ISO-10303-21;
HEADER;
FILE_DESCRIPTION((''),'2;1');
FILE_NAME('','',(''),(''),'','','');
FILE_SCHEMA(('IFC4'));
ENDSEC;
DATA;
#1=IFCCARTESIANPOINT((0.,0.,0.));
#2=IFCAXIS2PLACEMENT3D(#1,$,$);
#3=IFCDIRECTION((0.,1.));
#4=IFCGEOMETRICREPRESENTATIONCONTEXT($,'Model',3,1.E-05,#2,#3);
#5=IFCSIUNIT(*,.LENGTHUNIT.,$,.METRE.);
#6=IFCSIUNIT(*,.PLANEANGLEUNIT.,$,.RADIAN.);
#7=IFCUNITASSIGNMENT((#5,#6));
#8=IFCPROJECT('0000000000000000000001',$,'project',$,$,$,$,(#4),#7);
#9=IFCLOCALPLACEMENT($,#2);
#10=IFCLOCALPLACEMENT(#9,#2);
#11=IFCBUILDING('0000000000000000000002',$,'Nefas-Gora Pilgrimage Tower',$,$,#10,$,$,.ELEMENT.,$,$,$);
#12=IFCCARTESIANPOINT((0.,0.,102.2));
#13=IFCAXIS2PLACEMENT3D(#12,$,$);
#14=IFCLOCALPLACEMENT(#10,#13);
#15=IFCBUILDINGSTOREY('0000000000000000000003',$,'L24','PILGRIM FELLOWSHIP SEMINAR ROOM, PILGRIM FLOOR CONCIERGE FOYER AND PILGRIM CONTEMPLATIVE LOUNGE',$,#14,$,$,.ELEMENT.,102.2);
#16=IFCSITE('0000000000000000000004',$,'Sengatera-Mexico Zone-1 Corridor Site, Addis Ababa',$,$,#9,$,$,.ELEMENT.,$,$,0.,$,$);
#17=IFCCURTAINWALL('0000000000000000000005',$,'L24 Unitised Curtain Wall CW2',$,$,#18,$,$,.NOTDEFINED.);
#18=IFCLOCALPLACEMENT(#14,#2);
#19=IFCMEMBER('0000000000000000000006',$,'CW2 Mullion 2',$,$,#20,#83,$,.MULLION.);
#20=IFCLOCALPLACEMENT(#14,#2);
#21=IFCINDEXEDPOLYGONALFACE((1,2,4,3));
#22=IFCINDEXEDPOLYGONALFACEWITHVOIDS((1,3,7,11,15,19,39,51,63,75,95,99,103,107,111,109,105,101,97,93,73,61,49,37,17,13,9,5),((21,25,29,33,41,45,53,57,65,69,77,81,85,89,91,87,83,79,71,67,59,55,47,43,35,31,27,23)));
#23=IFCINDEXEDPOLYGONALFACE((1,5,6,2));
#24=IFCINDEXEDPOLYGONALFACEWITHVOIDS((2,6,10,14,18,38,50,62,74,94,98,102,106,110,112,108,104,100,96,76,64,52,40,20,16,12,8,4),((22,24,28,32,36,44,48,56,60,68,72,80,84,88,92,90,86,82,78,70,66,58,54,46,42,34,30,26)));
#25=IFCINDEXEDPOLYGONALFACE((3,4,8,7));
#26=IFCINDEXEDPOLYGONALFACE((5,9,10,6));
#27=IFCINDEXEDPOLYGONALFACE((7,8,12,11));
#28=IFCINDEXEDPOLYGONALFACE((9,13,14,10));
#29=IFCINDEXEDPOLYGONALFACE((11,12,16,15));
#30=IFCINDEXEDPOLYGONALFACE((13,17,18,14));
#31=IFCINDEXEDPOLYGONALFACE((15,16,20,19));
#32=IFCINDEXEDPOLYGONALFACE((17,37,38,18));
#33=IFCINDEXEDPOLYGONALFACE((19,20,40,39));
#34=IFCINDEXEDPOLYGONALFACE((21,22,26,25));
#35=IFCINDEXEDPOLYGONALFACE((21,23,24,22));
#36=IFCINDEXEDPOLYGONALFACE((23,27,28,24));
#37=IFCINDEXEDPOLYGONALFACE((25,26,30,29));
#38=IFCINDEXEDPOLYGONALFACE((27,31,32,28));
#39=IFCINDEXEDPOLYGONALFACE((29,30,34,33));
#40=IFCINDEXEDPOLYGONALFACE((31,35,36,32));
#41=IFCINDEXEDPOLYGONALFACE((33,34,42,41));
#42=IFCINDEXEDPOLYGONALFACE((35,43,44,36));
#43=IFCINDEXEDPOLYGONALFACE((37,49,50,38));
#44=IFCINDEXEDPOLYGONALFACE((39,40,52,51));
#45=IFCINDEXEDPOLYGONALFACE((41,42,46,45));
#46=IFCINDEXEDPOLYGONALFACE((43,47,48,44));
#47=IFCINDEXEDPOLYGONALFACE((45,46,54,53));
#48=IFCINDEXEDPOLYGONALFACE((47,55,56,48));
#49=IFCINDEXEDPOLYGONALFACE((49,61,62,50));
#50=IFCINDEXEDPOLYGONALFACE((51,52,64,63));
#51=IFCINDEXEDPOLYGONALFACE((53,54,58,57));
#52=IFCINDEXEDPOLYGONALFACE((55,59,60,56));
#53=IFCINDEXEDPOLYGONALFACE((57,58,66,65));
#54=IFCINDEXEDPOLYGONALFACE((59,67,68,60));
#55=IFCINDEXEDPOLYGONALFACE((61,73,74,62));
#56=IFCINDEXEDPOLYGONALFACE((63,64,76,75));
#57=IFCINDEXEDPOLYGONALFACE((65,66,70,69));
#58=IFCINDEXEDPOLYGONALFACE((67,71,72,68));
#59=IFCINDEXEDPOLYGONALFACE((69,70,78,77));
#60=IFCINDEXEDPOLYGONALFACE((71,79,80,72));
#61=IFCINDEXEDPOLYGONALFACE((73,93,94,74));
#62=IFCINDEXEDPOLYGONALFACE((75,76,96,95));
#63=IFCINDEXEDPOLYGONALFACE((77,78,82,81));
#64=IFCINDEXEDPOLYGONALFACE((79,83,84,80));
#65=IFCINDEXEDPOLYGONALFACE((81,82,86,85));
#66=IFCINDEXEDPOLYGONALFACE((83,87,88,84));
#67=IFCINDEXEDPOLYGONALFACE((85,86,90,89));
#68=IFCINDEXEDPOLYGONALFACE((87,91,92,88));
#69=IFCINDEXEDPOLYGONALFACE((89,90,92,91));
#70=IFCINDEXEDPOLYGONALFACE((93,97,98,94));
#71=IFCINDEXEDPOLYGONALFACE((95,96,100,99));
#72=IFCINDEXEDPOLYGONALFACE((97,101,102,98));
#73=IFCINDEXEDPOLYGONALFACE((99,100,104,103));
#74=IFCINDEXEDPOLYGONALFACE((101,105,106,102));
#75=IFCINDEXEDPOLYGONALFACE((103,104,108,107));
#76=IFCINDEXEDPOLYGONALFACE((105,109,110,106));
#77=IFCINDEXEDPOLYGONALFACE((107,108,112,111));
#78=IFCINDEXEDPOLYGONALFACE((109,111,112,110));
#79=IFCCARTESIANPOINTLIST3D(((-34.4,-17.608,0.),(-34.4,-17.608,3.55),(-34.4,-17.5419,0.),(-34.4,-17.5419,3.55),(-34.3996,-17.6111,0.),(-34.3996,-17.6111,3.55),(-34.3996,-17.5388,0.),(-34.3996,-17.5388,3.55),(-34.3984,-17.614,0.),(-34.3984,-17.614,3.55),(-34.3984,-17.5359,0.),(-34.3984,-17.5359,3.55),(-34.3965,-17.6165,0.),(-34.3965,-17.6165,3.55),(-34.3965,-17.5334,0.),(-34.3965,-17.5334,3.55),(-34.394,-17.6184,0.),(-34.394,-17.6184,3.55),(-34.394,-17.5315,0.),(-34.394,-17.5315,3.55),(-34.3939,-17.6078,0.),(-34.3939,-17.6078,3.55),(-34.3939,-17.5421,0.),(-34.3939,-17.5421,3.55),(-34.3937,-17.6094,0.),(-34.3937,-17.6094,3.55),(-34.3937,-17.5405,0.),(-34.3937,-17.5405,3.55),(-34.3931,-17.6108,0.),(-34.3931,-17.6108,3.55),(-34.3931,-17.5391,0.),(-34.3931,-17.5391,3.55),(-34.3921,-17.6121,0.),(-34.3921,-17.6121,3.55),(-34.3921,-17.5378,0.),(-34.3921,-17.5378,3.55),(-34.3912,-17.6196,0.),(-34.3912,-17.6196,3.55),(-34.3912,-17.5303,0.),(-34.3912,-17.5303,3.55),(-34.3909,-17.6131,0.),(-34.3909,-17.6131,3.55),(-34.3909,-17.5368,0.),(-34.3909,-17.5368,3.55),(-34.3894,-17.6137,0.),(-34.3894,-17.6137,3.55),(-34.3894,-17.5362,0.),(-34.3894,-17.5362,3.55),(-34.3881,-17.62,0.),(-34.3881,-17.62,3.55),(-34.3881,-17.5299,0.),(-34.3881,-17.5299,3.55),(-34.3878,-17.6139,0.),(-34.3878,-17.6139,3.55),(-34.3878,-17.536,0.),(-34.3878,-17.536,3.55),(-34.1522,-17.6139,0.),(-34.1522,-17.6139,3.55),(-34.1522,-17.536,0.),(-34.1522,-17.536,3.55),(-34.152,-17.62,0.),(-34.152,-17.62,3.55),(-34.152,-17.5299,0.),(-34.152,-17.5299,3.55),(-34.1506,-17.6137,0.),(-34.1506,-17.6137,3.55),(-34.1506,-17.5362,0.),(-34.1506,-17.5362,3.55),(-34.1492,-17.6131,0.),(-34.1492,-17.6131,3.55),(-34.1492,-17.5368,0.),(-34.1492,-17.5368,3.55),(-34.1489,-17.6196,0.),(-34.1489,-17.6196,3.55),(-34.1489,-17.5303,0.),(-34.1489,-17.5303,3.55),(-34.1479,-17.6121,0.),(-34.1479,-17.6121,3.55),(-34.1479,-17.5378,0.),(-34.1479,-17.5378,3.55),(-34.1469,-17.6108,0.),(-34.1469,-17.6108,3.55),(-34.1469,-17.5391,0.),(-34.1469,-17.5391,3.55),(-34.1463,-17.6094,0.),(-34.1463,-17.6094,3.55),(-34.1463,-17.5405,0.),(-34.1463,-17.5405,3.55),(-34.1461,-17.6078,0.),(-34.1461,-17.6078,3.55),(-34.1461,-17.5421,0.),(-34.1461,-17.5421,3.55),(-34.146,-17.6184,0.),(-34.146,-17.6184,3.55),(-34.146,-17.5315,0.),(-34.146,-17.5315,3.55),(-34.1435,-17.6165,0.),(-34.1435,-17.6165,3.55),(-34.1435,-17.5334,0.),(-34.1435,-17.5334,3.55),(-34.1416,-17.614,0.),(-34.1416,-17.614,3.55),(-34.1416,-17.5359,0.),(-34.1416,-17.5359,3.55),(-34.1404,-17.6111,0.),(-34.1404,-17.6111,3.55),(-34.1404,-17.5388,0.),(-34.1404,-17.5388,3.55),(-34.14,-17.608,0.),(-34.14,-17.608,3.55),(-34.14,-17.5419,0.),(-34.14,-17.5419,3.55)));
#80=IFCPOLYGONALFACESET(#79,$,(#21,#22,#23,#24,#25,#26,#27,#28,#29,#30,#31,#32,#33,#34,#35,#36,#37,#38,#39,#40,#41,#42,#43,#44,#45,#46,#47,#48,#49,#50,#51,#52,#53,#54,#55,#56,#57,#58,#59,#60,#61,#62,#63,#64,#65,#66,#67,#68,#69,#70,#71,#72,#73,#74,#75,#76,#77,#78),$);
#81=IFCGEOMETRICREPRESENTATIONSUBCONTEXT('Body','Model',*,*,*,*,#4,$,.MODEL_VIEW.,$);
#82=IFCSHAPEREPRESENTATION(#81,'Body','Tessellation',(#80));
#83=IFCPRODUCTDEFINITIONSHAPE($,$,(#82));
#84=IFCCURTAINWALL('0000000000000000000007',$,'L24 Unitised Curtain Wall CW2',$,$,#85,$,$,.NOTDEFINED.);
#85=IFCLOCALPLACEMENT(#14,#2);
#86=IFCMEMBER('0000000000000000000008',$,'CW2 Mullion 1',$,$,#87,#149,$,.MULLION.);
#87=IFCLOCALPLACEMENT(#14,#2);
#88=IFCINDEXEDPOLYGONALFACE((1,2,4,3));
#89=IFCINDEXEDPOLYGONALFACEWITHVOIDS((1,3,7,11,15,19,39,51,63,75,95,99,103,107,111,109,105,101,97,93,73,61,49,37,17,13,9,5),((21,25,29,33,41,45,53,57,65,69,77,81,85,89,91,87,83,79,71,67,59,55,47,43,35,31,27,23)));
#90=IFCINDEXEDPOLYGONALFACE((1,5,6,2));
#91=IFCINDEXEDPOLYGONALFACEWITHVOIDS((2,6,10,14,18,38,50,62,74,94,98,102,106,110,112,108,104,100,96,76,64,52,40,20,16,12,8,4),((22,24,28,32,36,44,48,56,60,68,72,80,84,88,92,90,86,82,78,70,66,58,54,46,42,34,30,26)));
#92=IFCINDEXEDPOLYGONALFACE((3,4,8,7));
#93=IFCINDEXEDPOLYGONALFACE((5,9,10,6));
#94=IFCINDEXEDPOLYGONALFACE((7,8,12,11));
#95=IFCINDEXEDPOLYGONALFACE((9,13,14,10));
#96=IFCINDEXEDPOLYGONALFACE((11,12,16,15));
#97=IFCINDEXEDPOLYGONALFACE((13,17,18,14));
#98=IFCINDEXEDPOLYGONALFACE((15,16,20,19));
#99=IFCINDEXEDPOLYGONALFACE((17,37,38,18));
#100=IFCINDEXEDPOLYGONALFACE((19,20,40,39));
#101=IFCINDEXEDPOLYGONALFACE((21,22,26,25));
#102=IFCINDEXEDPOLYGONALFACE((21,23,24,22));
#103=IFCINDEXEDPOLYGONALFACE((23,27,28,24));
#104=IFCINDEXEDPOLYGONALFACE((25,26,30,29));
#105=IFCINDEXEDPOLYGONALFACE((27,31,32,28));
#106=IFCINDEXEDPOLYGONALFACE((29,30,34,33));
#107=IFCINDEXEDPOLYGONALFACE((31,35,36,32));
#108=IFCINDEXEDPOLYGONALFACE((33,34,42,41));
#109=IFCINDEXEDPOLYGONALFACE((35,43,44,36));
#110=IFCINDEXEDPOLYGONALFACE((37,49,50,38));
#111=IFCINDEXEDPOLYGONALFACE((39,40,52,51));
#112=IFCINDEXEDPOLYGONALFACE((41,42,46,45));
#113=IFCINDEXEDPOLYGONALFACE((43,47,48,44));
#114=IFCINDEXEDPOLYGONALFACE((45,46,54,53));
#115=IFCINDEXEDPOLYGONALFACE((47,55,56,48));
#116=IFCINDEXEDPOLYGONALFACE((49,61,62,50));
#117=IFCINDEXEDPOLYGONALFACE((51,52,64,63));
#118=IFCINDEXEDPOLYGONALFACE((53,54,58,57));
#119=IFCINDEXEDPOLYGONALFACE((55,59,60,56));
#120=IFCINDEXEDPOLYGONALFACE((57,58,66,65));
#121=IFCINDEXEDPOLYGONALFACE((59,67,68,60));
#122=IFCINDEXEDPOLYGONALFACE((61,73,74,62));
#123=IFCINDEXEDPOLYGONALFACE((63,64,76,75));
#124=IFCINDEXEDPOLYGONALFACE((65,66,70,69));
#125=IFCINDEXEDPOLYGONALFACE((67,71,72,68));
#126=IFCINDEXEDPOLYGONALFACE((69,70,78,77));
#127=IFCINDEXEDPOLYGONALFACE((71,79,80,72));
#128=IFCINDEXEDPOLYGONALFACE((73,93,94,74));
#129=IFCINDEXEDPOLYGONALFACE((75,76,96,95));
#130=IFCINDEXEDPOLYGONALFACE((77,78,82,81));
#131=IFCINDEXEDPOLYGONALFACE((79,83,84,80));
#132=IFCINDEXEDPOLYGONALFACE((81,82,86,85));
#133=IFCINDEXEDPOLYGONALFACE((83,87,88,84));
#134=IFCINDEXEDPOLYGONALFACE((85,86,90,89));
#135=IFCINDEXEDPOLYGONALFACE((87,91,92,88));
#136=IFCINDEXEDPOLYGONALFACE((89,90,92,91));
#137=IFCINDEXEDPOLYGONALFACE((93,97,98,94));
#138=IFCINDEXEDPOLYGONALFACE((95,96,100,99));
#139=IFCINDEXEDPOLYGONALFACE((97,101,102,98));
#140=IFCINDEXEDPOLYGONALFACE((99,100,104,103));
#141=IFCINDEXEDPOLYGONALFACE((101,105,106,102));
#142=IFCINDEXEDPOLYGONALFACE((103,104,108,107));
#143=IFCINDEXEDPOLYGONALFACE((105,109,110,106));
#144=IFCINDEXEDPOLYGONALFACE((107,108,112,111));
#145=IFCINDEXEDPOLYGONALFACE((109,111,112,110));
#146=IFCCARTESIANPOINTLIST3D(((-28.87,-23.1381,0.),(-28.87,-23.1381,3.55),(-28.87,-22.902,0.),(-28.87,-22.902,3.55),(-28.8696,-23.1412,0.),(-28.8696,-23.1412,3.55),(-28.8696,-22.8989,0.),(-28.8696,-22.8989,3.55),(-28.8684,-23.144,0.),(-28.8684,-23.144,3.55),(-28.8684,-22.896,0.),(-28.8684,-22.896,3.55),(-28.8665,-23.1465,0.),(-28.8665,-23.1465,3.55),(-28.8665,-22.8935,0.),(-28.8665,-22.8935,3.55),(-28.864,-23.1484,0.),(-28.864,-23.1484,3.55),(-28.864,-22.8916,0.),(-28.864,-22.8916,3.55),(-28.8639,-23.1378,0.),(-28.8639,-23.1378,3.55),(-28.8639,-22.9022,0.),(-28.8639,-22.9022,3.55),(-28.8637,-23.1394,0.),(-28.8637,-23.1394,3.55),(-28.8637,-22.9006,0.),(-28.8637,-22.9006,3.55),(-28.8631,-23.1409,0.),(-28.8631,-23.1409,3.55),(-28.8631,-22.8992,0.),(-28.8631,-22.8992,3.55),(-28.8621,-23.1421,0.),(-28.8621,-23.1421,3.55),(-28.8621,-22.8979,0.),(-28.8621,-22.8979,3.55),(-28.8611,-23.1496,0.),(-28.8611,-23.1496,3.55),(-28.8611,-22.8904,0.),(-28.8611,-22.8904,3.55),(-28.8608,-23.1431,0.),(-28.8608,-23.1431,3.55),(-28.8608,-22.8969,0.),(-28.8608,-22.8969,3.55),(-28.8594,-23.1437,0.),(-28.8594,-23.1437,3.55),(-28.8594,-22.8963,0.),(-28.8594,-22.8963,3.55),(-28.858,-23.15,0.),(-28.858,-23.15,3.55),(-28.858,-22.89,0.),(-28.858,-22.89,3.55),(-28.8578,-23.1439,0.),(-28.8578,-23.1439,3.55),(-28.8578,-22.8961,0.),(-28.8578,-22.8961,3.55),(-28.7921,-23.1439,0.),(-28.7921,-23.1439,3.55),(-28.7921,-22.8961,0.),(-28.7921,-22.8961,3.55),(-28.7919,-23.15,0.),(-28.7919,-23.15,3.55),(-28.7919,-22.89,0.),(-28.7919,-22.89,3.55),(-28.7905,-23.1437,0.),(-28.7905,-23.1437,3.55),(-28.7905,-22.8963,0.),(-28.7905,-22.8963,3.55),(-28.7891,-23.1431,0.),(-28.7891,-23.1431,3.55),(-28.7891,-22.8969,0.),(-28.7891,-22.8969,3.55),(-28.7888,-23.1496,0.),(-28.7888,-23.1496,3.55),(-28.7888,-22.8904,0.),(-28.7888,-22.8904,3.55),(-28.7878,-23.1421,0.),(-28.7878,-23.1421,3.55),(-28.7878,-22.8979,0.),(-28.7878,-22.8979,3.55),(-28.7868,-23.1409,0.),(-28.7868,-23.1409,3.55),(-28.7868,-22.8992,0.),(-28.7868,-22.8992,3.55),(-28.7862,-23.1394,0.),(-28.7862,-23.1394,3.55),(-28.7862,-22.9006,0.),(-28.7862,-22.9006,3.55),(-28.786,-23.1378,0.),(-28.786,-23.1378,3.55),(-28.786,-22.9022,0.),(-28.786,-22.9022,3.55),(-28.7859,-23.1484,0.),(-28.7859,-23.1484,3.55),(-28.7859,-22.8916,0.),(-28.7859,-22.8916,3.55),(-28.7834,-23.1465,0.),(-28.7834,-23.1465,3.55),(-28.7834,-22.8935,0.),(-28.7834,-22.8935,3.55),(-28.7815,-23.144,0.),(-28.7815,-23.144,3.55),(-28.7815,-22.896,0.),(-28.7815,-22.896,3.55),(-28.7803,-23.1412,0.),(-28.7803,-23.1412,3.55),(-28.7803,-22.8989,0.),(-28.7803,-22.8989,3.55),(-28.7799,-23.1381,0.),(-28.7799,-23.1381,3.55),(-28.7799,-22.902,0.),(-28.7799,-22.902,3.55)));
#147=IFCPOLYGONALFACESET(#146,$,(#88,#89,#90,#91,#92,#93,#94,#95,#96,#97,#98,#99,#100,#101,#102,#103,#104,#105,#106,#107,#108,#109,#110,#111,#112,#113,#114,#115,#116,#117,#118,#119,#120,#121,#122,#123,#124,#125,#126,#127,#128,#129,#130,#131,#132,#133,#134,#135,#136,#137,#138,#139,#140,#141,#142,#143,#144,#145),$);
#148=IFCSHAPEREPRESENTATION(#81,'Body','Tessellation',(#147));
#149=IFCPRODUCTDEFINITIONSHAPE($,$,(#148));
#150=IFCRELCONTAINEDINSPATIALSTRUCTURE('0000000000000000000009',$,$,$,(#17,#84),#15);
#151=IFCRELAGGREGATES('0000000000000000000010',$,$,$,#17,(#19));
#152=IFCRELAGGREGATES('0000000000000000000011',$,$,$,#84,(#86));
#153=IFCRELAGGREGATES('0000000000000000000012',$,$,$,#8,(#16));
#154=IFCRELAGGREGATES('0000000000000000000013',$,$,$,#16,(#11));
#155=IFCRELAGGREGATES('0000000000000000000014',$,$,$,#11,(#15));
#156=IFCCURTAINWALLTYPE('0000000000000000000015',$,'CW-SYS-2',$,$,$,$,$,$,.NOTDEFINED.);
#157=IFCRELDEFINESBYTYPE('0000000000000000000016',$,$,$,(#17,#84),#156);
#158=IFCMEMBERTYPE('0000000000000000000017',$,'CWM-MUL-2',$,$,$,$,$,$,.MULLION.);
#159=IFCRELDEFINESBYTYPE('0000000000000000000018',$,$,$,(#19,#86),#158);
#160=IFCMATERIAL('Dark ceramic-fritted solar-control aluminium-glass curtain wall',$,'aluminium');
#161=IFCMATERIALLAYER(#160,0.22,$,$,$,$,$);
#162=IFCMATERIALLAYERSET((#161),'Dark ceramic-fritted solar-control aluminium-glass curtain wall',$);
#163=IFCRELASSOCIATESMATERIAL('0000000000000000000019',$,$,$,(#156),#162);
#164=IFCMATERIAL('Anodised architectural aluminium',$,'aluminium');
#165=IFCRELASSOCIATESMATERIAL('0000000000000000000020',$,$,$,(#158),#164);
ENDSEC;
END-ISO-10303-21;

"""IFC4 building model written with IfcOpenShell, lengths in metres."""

from ifc_helpers import new_model, si_unit, direction, frame, origin, origin_2d, place, context, subcontext, project, spatial, hollow_rectangle, extrude, source, transform, mapped, material, layer, layer_set, material_profile, profile_set, type_object, element, aggregate, save


model = new_model("IFC4")

# Units and contexts
model_context = context("Model", 3, precision=1e-05, world=origin(), true_north=direction((0.0, 1.0)))
body_context = subcontext(model_context, "Body", "Model", "MODEL_VIEW")
ifc_project = project(units=[si_unit("LENGTHUNIT", "METRE"), si_unit("PLANEANGLEUNIT", "RADIAN")], contexts=[model_context])

# Site, building, storey
site_placement = place(None, origin())
site = spatial("IfcSite", under=ifc_project, at=site_placement, Name="Sengatera-Mexico Zone-1 Corridor Site, Addis Ababa", CompositionType="ELEMENT", RefElevation=0.0)
building_placement = place(site_placement, origin())
building = spatial("IfcBuilding", under=site, at=building_placement, Name="Nefas-Gora Pilgrimage Tower", CompositionType="ELEMENT")
storey_placement = place(building_placement, frame((0.0, 0.0, 102.2)))
storey = spatial("IfcBuildingStorey", under=building, at=storey_placement, Name="L24", Description="PILGRIM FELLOWSHIP SEMINAR ROOM, PILGRIM FLOOR CONCIERGE FOYER AND PILGRIM CONTEMPLATIVE LOUNGE", CompositionType="ELEMENT", Elevation=102.2)

# Shared definitions
ifc_material_1 = material(Name="Dark ceramic-fritted solar-control aluminium-glass curtain wall", Category="aluminium")
ifc_material_2 = material(Name="Anodised architectural aluminium", Category="aluminium")

# Curtain wall, member
ifc_layer_1 = layer(ifc_material_1, 0.22)
ifc_layer_set_1 = layer_set([ifc_layer_1], Name="Dark ceramic-fritted solar-control aluminium-glass curtain wall")
curtain_wall_type_1 = type_object("IfcCurtainWallType", Name="CW-SYS-2", PredefinedType="NOTDEFINED", material=ifc_layer_set_1)
curtain_wall_1_placement = place(storey_placement, origin())
curtain_wall_1 = element("IfcCurtainWall", 1, at=curtain_wall_1_placement, inside=storey, type_object=curtain_wall_type_1, Name="L24 Unitised Curtain Wall CW2", PredefinedType="NOTDEFINED")
ifc_material_profile_1 = material_profile(ifc_material_2, hollow_rectangle(XDim=0.0901, YDim=0.26, WallThickness=0.0061, InnerFilletRadius=0.0061, OuterFilletRadius=0.012, at=origin_2d()), Name="ALU MULLION 90x260")
ifc_profile_set_1 = profile_set([ifc_material_profile_1], Name="Anodised architectural aluminium")
member_type_1 = type_object("IfcMemberType", Name="CWM-MUL-2", PredefinedType="MULLION", material=ifc_profile_set_1)
shared_shape_1 = source(origin(), body_context, "Body", "SweptSolid", [
    extrude(hollow_rectangle(XDim=0.0901, YDim=0.26, WallThickness=0.0061, InnerFilletRadius=0.0061, OuterFilletRadius=0.012, at=origin_2d()), origin(), (0.0, 0.0, 1.0), 3.55),
])
member_1_placement = place(storey_placement, frame((-34.27, -17.575, 0.0), z_axis=(0.0, 0.0, 1.0), x_axis=(0.0, -1.0, 0.0)))
member_1 = element("IfcMember", 2, at=member_1_placement, type_object=member_type_1, Name="CW2 Mullion 2", PredefinedType="MULLION", context=body_context, shape_type="MappedRepresentation", body=[
    mapped(shared_shape_1, transform((0.0, 0.0, 0.0), x_axis=(1.0, 0.0, 0.0), y_axis=(0.0, 1.0, 0.0), z_axis=(0.0, 0.0, 1.0), scale=1.0)),
])

# Curtain wall, member
curtain_wall_2_placement = place(storey_placement, origin())
curtain_wall_2 = element("IfcCurtainWall", 3, at=curtain_wall_2_placement, inside=storey, type_object=curtain_wall_type_1, Name="L24 Unitised Curtain Wall CW2", PredefinedType="NOTDEFINED")
member_2_placement = place(storey_placement, frame((-28.825, -23.02, 0.0), z_axis=(0.0, 0.0, 1.0), x_axis=(1.0, 0.0, 0.0)))
member_2 = element("IfcMember", 4, at=member_2_placement, type_object=member_type_1, Name="CW2 Mullion 1", PredefinedType="MULLION", context=body_context, shape_type="MappedRepresentation", body=[
    mapped(shared_shape_1, transform((0.0, 0.0, 0.0), x_axis=(1.0, 0.0, 0.0), y_axis=(0.0, 1.0, 0.0), z_axis=(0.0, 0.0, 1.0), scale=1.0)),
])

aggregate(curtain_wall_1, [member_1])
aggregate(curtain_wall_2, [member_2])

save(model, "model.ifc")
